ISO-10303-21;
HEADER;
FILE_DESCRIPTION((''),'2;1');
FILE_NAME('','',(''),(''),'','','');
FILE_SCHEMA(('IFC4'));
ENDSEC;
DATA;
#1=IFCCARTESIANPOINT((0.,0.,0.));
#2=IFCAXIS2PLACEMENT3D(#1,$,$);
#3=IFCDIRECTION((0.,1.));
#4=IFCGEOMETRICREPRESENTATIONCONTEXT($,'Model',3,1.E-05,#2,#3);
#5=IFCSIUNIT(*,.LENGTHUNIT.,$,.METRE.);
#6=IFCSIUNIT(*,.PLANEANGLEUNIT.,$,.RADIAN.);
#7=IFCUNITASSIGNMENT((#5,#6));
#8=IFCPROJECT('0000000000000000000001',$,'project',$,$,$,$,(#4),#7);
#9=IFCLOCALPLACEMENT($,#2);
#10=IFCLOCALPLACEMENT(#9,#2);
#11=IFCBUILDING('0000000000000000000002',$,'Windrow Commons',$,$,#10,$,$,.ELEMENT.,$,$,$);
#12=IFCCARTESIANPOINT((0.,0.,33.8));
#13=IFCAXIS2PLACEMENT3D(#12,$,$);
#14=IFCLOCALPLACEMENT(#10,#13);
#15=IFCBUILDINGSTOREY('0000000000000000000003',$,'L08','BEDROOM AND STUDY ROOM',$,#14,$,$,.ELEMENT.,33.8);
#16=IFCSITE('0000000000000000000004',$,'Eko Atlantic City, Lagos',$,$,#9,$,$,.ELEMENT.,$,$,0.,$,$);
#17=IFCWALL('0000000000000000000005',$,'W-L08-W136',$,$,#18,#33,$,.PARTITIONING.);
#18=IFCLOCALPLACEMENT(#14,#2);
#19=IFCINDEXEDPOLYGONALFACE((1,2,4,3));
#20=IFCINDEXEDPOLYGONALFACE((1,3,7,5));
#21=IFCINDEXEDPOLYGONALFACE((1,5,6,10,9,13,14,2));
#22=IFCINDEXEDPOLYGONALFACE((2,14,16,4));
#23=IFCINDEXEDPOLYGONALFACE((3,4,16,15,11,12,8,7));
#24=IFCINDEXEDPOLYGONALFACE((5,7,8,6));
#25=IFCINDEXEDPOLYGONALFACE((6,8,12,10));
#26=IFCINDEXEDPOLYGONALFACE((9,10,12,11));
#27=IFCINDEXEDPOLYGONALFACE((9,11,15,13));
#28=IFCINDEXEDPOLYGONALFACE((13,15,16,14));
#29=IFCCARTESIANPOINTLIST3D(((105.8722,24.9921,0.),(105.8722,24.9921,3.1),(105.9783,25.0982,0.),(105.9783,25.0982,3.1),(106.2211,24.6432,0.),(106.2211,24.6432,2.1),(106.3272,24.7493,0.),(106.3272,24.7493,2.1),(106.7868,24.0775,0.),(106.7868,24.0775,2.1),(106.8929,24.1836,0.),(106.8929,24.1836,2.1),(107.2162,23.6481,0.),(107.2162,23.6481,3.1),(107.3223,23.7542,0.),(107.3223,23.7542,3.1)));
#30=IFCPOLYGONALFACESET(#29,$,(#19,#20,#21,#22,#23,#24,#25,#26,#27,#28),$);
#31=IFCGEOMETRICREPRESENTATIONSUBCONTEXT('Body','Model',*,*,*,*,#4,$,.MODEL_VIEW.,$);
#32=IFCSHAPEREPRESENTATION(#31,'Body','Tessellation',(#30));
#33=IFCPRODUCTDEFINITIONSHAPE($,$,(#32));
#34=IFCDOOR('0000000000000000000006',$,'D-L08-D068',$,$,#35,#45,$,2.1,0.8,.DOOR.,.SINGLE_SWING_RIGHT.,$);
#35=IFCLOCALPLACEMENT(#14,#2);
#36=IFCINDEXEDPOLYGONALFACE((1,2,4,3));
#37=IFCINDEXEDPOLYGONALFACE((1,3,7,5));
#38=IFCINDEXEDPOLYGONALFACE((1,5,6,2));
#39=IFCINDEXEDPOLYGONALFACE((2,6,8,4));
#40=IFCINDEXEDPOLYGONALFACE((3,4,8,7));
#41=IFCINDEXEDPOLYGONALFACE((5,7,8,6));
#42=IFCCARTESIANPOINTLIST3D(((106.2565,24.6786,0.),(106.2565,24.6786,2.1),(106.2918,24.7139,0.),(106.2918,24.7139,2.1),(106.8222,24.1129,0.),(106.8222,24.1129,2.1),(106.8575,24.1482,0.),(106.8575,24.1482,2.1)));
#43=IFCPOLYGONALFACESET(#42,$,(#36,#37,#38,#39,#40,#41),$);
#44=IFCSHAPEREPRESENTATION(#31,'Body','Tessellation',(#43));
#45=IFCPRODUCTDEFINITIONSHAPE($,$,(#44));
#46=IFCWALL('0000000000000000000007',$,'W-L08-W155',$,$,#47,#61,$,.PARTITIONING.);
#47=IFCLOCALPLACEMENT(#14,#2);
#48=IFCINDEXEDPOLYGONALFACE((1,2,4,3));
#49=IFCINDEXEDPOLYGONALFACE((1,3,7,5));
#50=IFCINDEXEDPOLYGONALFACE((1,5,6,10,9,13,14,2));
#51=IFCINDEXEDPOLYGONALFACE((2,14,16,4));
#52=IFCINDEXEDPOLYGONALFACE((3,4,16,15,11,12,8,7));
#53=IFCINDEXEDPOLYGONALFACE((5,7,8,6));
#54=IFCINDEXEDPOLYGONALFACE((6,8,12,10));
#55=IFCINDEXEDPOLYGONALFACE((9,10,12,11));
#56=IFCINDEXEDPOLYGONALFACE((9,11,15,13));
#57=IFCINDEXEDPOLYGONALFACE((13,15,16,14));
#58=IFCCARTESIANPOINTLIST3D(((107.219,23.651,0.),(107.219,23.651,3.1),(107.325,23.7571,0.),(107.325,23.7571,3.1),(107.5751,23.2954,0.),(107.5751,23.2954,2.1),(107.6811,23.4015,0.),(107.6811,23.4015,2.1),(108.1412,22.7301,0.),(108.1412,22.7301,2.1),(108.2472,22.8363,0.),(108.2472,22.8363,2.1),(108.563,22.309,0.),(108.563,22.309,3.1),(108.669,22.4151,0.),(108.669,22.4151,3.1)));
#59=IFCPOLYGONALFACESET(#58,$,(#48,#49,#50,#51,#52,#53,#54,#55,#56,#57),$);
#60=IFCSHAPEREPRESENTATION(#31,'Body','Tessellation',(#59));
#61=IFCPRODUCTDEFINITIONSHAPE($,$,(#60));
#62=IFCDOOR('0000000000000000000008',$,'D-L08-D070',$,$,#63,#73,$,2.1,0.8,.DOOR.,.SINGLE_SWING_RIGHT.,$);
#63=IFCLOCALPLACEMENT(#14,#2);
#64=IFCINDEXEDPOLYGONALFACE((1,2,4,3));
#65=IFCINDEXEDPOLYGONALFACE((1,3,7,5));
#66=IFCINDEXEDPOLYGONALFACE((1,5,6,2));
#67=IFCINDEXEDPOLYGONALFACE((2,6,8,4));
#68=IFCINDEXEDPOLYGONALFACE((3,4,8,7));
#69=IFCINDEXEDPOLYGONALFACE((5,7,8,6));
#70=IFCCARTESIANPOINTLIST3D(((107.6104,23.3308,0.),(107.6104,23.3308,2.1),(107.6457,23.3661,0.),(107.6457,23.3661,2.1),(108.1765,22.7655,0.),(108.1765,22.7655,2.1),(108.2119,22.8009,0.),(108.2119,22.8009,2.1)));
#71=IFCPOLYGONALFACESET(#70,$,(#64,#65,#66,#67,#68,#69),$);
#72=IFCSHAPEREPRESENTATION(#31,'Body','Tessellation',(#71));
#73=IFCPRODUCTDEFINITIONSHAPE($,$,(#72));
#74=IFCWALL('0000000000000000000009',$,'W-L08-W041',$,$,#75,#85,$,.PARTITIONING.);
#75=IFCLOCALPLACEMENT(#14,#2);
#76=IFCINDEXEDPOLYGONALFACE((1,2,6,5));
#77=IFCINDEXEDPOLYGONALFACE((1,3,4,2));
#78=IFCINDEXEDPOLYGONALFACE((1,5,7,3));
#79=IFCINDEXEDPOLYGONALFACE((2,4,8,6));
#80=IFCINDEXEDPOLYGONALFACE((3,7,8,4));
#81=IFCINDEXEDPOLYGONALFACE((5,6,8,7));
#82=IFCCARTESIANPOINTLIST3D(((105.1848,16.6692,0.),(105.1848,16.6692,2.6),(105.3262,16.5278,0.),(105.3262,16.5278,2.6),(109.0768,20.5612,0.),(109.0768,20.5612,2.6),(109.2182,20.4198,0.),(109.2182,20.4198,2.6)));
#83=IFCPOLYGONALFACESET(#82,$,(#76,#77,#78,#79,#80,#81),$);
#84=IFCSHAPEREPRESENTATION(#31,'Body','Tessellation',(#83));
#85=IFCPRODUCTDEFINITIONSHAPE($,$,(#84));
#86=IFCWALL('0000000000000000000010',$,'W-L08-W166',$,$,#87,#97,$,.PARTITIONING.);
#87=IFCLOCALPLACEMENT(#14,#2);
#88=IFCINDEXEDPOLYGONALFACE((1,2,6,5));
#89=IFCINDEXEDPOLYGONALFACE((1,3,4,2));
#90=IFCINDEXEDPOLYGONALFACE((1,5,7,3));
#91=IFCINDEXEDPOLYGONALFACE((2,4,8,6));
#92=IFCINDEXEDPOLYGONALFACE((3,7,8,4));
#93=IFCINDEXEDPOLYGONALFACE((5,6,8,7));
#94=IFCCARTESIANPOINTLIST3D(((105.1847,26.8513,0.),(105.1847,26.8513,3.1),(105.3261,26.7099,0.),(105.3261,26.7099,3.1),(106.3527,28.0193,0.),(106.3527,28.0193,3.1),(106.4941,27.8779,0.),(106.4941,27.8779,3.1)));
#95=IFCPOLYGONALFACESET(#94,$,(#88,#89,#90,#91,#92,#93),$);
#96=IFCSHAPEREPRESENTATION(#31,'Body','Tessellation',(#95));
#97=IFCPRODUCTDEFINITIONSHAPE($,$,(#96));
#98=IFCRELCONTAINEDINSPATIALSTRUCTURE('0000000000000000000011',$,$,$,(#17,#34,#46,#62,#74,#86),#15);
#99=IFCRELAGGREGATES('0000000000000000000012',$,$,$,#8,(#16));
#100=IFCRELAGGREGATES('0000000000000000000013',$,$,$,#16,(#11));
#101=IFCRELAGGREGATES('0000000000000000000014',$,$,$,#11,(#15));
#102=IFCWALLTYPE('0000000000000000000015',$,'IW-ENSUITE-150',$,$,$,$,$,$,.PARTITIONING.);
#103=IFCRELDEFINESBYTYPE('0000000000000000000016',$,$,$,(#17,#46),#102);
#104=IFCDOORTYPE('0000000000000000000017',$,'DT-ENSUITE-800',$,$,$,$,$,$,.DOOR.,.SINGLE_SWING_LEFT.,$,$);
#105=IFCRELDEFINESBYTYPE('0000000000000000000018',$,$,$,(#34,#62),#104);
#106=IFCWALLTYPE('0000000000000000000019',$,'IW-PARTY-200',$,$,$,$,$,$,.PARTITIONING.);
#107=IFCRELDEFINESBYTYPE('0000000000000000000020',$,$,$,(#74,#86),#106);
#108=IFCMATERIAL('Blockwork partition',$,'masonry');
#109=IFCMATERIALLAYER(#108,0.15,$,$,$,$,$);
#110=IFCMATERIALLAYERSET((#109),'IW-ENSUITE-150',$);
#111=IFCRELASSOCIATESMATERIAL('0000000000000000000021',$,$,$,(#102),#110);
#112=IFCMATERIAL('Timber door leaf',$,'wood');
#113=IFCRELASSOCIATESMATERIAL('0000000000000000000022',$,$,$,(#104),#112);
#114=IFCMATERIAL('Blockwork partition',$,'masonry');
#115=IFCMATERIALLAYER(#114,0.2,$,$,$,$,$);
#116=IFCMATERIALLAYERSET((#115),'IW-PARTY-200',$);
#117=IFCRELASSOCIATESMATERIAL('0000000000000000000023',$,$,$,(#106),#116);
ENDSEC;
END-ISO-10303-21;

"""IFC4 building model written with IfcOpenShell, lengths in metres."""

from ifc_helpers import new_model, si_unit, direction, frame, frame_2d, origin, place, context, subcontext, project, spatial, rectangle, extrude, material, layer, layer_set, type_object, element, fill, save


model = new_model("IFC4")

# Units and contexts
model_context = context("Model", 3, precision=1e-05, world=origin(), true_north=direction((0.0, 1.0)))
body_context = subcontext(model_context, "Body", "Model", "MODEL_VIEW")
ifc_project = project(units=[si_unit("LENGTHUNIT", "METRE"), si_unit("PLANEANGLEUNIT", "RADIAN")], contexts=[model_context])

# Site, building, storey
site_placement = place(None, origin())
site = spatial("IfcSite", under=ifc_project, at=site_placement, Name="Eko Atlantic City, Lagos", CompositionType="ELEMENT", RefElevation=0.0)
building_placement = place(site_placement, origin())
building = spatial("IfcBuilding", under=site, at=building_placement, Name="Windrow Commons", CompositionType="ELEMENT")
storey_placement = place(building_placement, frame((0.0, 0.0, 33.8)))
storey = spatial("IfcBuildingStorey", under=building, at=storey_placement, Name="L08", Description="BEDROOM AND STUDY ROOM", CompositionType="ELEMENT", Elevation=33.8)

# Shared definitions
ifc_material_1 = material(Name="Blockwork partition", Category="masonry")
ifc_layer_1 = layer(ifc_material_1, 0.15)
ifc_layer_set_1 = layer_set([ifc_layer_1], Name="IW-ENSUITE-150")
wall_type_1 = type_object("IfcWallType", Name="IW-ENSUITE-150", PredefinedType="PARTITIONING", material=ifc_layer_set_1)

# Walls, openings, doors
wall_1_placement = place(storey_placement, frame((105.9252, 25.0452, 0.0), z_axis=(0.0, 0.0, 1.0), x_axis=(0.707107, -0.707107, 0.0)))
wall_1 = element("IfcWall", 1, at=wall_1_placement, inside=storey, type_object=wall_type_1, Name="W-L08-W136", PredefinedType="PARTITIONING", context=body_context, shape_type="SweptSolid", body=[
    extrude(rectangle(XDim=1.9007, YDim=0.15, at=frame_2d((0.9504, 0.0))), origin(), (0.0, 0.0, 1.0), 3.1),
])
opening_1_placement = place(wall_1_placement, frame((0.4935, 0.0, 0.0)))
opening_1 = element("IfcOpeningElement", 2, at=opening_1_placement, cuts=wall_1, PredefinedType="OPENING", context=body_context, shape_type="SweptSolid", body=[
    extrude(rectangle(XDim=0.8, YDim=2.1, at=frame_2d((0.4, 1.05))), frame((0.0, 0.085, 0.0), z_axis=(0.0, -1.0, 0.0), x_axis=(1.0, 0.0, 0.0)), (0.0, 0.0, 1.0), 0.17),
])
ifc_material_2 = material(Name="Timber door leaf", Category="wood")
door_type = type_object("IfcDoorType", Name="DT-ENSUITE-800", OperationType="SINGLE_SWING_LEFT", PredefinedType="DOOR", material=ifc_material_2)
door_1_placement = place(opening_1_placement, origin())
door_1 = element("IfcDoor", 3, at=door_1_placement, inside=storey, type_object=door_type, Name="D-L08-D068", OperationType="SINGLE_SWING_RIGHT", OverallHeight=2.1, OverallWidth=0.8, PredefinedType="DOOR", context=body_context, shape_type="SweptSolid", body=[
    extrude(rectangle(XDim=0.8, YDim=2.1, at=frame_2d((0.4, 1.05))), frame((0.0, 0.025, 0.0), z_axis=(0.0, -1.0, 0.0), x_axis=(1.0, 0.0, 0.0)), (0.0, 0.0, 1.0), 0.05),
])
fill(opening_1, door_1)
wall_2_placement = place(storey_placement, frame((107.272, 23.704, 0.0), z_axis=(0.0, 0.0, 1.0), x_axis=(0.707633, -0.70658, 0.0)))
wall_2 = element("IfcWall", 4, at=wall_2_placement, inside=storey, type_object=wall_type_1, Name="W-L08-W155", PredefinedType="PARTITIONING", context=body_context, shape_type="SweptSolid", body=[
    extrude(rectangle(XDim=1.8993, YDim=0.15, at=frame_2d((0.9496, 0.0))), origin(), (0.0, 0.0, 1.0), 3.1),
])
opening_2_placement = place(wall_2_placement, frame((0.5032, 0.0, 0.0)))
opening_2 = element("IfcOpeningElement", 5, at=opening_2_placement, cuts=wall_2, PredefinedType="OPENING", context=body_context, shape_type="SweptSolid", body=[
    extrude(rectangle(XDim=0.8, YDim=2.1, at=frame_2d((0.4, 1.05))), frame((0.0, 0.085, 0.0), z_axis=(0.0, -1.0, 0.0), x_axis=(1.0, 0.0, 0.0)), (0.0, 0.0, 1.0), 0.17),
])
door_2_placement = place(opening_2_placement, origin())
door_2 = element("IfcDoor", 6, at=door_2_placement, inside=storey, type_object=door_type, Name="D-L08-D070", OperationType="SINGLE_SWING_RIGHT", OverallHeight=2.1, OverallWidth=0.8, PredefinedType="DOOR", context=body_context, shape_type="SweptSolid", body=[
    extrude(rectangle(XDim=0.8, YDim=2.1, at=frame_2d((0.4, 1.05))), frame((0.0, 0.025, 0.0), z_axis=(0.0, -1.0, 0.0), x_axis=(1.0, 0.0, 0.0)), (0.0, 0.0, 1.0), 0.05),
])
fill(opening_2, door_2)

# Walls
ifc_material_3 = material(Name="Blockwork partition", Category="masonry")
ifc_layer_2 = layer(ifc_material_3, 0.2)
ifc_layer_set_2 = layer_set([ifc_layer_2], Name="IW-PARTY-200")
wall_type_2 = type_object("IfcWallType", Name="IW-PARTY-200", PredefinedType="PARTITIONING", material=ifc_layer_set_2)
wall_3_placement = place(storey_placement, frame((105.2555, 16.5985, 0.0), z_axis=(0.0, 0.0, 1.0), x_axis=(0.707107, 0.707107, 0.0)))
element("IfcWall", 7, at=wall_3_placement, inside=storey, type_object=wall_type_2, Name="W-L08-W041", PredefinedType="PARTITIONING", context=body_context, shape_type="SweptSolid", body=[
    extrude(rectangle(XDim=5.5041, YDim=0.2, at=frame_2d((2.7521, 0.0))), origin(), (0.0, 0.0, 1.0), 2.6),
])
wall_4_placement = place(storey_placement, frame((105.2554, 26.7806, 0.0), z_axis=(0.0, 0.0, 1.0), x_axis=(0.707107, 0.707107, 0.0)))
element("IfcWall", 8, at=wall_4_placement, inside=storey, type_object=wall_type_2, Name="W-L08-W166", PredefinedType="PARTITIONING", context=body_context, shape_type="SweptSolid", body=[
    extrude(rectangle(XDim=1.6518, YDim=0.2, at=frame_2d((0.8259, 0.0))), origin(), (0.0, 0.0, 1.0), 3.1),
])

save(model, "model.ifc")
